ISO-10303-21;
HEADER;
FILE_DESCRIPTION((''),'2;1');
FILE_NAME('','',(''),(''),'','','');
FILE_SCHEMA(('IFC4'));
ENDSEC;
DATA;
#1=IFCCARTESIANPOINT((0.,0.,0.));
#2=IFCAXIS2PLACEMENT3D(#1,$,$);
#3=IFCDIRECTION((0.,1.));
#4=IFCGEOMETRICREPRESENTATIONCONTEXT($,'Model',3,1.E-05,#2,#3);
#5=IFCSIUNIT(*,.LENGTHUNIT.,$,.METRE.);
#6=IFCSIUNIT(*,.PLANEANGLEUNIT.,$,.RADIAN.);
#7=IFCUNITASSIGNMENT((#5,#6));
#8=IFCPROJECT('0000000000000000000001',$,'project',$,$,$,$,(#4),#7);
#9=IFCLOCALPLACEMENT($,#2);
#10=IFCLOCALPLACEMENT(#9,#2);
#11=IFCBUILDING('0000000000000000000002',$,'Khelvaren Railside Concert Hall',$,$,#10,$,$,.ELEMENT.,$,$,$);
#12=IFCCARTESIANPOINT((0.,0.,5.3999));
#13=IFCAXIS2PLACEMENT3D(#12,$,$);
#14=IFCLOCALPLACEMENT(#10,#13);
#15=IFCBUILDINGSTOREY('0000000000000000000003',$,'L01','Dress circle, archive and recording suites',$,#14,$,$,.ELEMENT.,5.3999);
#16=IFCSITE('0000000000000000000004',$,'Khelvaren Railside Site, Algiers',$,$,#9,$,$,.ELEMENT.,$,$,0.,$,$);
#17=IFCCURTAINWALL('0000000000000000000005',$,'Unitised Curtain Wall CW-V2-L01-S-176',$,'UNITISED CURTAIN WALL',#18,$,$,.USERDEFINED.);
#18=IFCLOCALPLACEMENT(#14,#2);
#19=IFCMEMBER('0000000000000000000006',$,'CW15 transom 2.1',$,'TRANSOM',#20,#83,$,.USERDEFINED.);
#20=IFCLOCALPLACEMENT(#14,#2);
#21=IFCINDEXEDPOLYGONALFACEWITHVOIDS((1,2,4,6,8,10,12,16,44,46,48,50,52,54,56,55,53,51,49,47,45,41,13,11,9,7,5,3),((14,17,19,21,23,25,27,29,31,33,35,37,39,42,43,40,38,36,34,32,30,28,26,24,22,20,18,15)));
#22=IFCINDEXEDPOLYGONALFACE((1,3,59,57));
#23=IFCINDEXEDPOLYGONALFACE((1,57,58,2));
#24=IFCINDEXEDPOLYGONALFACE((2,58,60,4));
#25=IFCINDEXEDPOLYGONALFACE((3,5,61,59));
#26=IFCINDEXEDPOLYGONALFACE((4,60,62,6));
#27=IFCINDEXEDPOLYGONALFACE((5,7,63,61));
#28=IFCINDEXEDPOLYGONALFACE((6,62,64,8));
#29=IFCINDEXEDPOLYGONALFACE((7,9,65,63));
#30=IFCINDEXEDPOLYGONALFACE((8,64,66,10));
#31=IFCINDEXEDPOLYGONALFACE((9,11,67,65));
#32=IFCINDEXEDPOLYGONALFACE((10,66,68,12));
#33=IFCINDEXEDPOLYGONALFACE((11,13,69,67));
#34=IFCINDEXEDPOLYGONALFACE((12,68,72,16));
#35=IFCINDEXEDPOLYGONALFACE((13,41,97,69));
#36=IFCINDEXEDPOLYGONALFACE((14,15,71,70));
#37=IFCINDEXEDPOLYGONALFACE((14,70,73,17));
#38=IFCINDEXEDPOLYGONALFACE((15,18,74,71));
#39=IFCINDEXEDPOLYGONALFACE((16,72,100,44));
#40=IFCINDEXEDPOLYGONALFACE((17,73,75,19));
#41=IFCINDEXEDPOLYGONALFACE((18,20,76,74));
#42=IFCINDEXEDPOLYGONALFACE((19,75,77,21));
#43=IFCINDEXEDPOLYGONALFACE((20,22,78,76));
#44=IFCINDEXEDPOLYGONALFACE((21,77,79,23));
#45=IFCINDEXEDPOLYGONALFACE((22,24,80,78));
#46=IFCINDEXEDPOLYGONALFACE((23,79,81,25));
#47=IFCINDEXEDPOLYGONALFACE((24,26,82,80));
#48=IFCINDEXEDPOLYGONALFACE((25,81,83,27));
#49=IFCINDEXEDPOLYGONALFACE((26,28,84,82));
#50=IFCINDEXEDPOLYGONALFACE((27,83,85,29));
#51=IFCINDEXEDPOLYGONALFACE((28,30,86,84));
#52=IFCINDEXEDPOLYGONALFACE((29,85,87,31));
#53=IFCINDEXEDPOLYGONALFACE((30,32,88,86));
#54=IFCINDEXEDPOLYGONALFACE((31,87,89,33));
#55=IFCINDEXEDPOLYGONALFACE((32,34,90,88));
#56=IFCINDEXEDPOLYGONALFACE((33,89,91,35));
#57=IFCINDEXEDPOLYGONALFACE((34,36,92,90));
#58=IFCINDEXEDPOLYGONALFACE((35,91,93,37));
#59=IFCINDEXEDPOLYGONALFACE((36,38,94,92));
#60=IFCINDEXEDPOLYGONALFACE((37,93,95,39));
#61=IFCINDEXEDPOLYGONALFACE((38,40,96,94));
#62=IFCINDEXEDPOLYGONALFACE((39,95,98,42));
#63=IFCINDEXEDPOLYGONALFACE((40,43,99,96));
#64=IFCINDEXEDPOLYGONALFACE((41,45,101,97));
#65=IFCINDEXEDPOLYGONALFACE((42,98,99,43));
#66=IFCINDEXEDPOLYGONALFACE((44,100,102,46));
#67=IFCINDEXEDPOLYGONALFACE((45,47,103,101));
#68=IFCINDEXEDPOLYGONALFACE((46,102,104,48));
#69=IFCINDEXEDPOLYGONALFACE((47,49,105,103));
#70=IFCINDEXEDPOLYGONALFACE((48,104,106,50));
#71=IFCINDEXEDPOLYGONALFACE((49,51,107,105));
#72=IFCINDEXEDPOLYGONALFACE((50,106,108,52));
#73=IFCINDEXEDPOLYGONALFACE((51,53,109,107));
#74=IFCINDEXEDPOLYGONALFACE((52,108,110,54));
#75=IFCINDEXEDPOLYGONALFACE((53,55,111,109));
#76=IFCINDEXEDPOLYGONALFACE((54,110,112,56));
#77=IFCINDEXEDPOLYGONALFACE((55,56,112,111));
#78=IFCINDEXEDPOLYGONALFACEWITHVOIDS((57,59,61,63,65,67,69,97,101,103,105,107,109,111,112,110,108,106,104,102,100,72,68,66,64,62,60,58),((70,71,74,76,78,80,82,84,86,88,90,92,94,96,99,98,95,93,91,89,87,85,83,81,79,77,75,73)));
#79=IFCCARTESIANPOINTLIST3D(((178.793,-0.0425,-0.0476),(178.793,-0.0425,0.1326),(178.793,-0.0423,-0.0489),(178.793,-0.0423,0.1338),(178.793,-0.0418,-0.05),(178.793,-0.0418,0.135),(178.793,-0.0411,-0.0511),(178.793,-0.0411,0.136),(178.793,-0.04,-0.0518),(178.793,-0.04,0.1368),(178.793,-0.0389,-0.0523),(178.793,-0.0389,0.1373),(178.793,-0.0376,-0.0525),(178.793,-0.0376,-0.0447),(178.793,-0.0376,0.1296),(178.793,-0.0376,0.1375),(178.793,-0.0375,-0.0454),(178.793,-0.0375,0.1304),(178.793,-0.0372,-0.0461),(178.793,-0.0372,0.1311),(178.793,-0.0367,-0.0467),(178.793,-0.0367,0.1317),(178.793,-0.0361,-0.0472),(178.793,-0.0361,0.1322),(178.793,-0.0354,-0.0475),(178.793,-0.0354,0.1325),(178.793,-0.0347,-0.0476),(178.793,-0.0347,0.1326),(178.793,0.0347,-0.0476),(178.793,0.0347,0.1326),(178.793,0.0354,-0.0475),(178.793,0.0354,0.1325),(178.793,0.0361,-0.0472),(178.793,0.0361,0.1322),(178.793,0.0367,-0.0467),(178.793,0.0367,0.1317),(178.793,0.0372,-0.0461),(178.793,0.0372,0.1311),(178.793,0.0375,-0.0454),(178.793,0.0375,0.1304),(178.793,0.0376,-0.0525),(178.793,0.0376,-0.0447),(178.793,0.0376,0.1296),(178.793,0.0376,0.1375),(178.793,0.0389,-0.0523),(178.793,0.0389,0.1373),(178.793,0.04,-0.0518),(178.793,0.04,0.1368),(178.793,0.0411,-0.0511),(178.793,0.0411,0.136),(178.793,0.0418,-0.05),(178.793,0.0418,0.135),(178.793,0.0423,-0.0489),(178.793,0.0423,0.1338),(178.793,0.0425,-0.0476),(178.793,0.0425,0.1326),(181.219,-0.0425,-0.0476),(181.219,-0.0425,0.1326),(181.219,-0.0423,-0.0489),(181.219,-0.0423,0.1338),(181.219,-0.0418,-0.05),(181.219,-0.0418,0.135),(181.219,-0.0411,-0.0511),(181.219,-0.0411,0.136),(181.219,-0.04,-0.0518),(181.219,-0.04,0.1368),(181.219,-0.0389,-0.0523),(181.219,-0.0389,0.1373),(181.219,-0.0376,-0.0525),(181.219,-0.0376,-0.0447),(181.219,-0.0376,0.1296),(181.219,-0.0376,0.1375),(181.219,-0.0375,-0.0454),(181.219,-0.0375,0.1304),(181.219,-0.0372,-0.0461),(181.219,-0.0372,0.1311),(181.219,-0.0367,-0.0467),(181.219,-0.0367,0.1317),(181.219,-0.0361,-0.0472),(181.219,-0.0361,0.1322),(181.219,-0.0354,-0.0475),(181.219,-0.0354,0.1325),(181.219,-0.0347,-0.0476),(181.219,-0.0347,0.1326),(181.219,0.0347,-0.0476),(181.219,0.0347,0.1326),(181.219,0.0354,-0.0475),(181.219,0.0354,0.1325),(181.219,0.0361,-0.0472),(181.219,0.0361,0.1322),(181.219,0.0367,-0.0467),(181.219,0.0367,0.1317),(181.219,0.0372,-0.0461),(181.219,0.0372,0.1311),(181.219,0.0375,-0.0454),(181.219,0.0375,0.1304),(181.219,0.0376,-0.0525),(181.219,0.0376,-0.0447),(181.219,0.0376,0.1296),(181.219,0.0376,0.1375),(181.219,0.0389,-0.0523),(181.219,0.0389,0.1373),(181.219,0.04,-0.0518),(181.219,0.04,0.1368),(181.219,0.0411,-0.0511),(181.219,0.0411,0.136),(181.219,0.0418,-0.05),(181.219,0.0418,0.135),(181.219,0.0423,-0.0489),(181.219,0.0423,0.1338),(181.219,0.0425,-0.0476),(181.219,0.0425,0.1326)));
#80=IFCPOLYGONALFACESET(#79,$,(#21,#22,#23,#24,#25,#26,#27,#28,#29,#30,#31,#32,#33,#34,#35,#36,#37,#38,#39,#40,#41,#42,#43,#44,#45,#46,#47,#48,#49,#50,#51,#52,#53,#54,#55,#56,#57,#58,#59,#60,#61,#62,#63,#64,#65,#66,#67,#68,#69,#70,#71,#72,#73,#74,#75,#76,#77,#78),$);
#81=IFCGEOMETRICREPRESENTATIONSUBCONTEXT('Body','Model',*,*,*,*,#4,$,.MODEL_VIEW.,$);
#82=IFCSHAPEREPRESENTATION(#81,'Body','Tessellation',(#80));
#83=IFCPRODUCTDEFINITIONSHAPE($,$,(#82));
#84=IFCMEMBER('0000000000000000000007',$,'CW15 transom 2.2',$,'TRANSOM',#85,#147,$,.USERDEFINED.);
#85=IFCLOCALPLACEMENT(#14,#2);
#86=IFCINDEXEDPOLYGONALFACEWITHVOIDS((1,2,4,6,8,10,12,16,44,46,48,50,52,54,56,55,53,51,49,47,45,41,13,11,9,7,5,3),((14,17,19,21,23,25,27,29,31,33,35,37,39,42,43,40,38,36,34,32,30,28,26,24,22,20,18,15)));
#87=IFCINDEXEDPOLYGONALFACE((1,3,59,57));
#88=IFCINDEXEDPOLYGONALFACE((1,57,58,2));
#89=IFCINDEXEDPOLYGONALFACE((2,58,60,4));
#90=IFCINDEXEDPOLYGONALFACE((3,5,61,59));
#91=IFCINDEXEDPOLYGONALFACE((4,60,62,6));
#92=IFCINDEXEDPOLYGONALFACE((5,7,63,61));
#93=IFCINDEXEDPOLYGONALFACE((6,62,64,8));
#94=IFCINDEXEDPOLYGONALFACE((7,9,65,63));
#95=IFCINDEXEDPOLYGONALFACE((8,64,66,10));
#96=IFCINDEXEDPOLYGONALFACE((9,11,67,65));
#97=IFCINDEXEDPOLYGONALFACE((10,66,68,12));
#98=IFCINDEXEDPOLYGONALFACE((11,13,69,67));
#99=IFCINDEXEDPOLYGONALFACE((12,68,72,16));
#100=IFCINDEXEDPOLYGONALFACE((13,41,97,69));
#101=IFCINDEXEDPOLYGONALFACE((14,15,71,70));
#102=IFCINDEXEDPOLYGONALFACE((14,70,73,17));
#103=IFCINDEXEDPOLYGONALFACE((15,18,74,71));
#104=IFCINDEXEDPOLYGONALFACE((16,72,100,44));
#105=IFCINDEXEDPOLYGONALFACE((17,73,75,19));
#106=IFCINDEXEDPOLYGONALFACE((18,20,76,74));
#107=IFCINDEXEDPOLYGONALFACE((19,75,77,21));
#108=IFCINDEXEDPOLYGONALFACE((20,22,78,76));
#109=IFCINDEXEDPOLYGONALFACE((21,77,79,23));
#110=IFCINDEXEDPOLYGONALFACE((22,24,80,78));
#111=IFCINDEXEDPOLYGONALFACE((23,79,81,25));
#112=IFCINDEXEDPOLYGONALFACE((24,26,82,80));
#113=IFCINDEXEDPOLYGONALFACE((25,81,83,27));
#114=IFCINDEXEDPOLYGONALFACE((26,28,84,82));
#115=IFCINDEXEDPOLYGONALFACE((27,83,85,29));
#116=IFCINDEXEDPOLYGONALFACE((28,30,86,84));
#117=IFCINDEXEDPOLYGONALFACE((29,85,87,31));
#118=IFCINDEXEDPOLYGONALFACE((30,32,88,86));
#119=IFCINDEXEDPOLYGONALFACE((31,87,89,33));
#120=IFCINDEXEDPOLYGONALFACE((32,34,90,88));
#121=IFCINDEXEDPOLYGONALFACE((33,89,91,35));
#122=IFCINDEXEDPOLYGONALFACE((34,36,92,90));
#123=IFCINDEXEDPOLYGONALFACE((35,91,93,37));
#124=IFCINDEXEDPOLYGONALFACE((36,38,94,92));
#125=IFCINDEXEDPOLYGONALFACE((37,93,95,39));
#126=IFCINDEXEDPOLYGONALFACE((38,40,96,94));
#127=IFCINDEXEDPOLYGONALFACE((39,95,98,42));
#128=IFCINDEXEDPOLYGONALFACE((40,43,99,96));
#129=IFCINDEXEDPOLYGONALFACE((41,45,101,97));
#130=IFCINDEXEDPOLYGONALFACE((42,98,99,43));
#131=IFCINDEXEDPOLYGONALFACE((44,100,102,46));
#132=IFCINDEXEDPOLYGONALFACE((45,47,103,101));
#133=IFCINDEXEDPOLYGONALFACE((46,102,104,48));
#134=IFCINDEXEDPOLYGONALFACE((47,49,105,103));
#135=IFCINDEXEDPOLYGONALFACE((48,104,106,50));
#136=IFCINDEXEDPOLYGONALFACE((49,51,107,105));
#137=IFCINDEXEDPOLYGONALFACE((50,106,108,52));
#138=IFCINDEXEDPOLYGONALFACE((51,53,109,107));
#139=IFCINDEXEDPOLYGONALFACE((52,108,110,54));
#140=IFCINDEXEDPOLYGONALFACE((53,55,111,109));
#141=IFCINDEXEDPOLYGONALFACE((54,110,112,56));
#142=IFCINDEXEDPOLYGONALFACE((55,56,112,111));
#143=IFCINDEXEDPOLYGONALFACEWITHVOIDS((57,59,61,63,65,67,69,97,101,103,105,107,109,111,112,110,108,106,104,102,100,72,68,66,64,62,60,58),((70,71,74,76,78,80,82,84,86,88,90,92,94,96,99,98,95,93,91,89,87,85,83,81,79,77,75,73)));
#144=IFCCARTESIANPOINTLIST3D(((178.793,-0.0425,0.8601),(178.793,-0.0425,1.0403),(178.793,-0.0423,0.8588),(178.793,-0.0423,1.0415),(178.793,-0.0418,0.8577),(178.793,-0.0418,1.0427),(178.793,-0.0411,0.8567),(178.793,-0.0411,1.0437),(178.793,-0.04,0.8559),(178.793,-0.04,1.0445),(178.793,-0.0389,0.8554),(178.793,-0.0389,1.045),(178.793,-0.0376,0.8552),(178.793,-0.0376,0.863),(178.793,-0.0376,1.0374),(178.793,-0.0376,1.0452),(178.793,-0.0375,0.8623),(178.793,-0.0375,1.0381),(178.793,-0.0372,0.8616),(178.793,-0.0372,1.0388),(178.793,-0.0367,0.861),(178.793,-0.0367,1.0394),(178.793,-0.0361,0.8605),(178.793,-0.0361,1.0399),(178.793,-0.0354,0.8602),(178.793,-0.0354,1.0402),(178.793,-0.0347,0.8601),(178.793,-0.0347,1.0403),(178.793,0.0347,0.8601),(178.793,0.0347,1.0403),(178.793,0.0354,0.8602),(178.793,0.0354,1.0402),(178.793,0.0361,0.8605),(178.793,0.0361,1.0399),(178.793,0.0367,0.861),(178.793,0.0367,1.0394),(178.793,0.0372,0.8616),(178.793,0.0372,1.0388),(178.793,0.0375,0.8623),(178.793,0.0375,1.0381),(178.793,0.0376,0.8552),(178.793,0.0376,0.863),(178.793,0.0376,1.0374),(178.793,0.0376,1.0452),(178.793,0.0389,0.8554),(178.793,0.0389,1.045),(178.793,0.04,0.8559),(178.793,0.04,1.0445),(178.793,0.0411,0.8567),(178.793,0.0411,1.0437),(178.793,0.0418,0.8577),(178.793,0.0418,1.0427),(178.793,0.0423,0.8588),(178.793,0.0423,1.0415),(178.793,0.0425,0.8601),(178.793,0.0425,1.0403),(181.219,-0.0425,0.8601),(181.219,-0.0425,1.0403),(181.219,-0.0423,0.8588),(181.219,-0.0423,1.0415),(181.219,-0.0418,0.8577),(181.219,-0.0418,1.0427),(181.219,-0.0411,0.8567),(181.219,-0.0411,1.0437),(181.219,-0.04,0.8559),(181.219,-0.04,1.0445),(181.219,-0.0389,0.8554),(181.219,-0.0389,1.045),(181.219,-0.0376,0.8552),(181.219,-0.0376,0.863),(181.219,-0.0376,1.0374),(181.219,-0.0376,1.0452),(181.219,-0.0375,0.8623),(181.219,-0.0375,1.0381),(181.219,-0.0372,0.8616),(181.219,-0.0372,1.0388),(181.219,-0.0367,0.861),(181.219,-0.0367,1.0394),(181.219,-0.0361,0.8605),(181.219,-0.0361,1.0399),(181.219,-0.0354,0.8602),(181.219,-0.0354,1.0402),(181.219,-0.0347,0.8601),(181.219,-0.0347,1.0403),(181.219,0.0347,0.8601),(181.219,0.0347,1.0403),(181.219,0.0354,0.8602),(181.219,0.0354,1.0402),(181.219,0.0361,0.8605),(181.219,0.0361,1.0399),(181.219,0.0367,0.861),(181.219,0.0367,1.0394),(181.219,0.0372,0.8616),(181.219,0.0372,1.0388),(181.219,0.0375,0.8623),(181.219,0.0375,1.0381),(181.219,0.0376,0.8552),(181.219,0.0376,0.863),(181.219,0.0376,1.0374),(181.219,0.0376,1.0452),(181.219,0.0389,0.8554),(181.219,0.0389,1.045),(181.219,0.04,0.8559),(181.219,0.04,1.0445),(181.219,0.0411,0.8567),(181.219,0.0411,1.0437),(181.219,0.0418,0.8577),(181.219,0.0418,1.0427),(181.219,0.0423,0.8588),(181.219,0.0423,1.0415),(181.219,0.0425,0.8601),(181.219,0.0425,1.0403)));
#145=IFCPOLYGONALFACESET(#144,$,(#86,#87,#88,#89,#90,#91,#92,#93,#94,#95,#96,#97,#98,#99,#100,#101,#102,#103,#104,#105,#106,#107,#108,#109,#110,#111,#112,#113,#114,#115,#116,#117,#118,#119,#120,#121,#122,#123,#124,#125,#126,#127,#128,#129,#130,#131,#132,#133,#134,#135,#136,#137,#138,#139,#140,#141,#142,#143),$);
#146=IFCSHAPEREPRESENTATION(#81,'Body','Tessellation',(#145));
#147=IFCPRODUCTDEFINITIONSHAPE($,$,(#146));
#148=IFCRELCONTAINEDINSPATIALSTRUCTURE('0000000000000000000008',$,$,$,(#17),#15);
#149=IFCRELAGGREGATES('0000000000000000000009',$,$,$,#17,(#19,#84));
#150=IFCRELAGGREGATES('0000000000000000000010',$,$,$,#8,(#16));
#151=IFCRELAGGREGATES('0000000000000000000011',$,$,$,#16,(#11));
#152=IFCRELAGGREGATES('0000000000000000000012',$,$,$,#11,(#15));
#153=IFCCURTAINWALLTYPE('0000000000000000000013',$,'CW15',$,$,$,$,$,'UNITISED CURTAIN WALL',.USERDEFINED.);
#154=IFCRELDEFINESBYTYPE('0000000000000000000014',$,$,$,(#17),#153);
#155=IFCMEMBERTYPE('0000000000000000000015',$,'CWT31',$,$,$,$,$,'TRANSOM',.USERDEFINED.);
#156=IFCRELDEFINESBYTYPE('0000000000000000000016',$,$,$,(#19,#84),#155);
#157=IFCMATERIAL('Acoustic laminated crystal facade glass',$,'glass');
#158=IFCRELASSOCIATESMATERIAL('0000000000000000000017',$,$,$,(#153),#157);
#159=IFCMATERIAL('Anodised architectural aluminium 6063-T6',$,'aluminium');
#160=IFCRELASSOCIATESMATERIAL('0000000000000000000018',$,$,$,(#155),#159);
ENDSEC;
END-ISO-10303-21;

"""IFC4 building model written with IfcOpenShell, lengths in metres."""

from ifc_helpers import new_model, si_unit, direction, frame, origin, origin_2d, place, context, subcontext, project, spatial, hollow_rectangle, extrude, material, material_profile, profile_set, type_object, element, aggregate, save


model = new_model("IFC4")

# Units and contexts
model_context = context("Model", 3, precision=1e-05, world=origin(), true_north=direction((0.0, 1.0)))
body_context = subcontext(model_context, "Body", "Model", "MODEL_VIEW")
ifc_project = project(units=[si_unit("LENGTHUNIT", "METRE"), si_unit("PLANEANGLEUNIT", "RADIAN")], contexts=[model_context])

# Site, building, storey
site_placement = place(None, origin())
site = spatial("IfcSite", under=ifc_project, at=site_placement, Name="Khelvaren Railside Site, Algiers", CompositionType="ELEMENT", RefElevation=0.0)
building_placement = place(site_placement, origin())
building = spatial("IfcBuilding", under=site, at=building_placement, Name="Khelvaren Railside Concert Hall", CompositionType="ELEMENT")
storey_placement = place(building_placement, frame((0.0, 0.0, 5.3999)))
storey = spatial("IfcBuildingStorey", under=building, at=storey_placement, Name="L01", Description="Dress circle, archive and recording suites", CompositionType="ELEMENT", Elevation=5.3999)

# Curtain wall, members
ifc_material_1 = material(Name="Acoustic laminated crystal facade glass", Category="glass")
curtain_wall_type = type_object("IfcCurtainWallType", Name="CW15", ElementType="UNITISED CURTAIN WALL", PredefinedType="USERDEFINED", material=ifc_material_1)
curtain_wall_placement = place(storey_placement, origin())
curtain_wall = element("IfcCurtainWall", 1, at=curtain_wall_placement, inside=storey, type_object=curtain_wall_type, Name="Unitised Curtain Wall CW-V2-L01-S-176", ObjectType="UNITISED CURTAIN WALL", PredefinedType="USERDEFINED")
ifc_material_2 = material(Name="Anodised architectural aluminium 6063-T6", Category="aluminium")
ifc_material_profile_1 = material_profile(ifc_material_2, hollow_rectangle(XDim=0.085, YDim=0.1899, WallThickness=0.0049, InnerFilletRadius=0.0029, OuterFilletRadius=0.0049, at=origin_2d()), Name="CWT 85x190x5")
ifc_profile_set_1 = profile_set([ifc_material_profile_1], Name="Anodised architectural aluminium 6063-T6")
member_type_1 = type_object("IfcMemberType", Name="CWT31", ElementType="TRANSOM", PredefinedType="USERDEFINED", material=ifc_profile_set_1)
member_1_placement = place(storey_placement, frame((181.219, 0.0, 0.0425), z_axis=(-1.0, 0.0, 0.0), x_axis=(0.0, -1.0, 0.0)))
member_1 = element("IfcMember", 2, at=member_1_placement, type_object=member_type_1, Name="CW15 transom 2.1", ObjectType="TRANSOM", PredefinedType="USERDEFINED", context=body_context, shape_type="SweptSolid", body=[
    extrude(hollow_rectangle(XDim=0.085, YDim=0.1899, WallThickness=0.0049, InnerFilletRadius=0.0029, OuterFilletRadius=0.0049, at=origin_2d()), origin(), (0.0, 0.0, 1.0), 2.426),
])
member_2_placement = place(storey_placement, frame((181.219, 0.0, 0.9502), z_axis=(-1.0, 0.0, 0.0), x_axis=(0.0, -1.0, 0.0)))
member_2 = element("IfcMember", 3, at=member_2_placement, type_object=member_type_1, Name="CW15 transom 2.2", ObjectType="TRANSOM", PredefinedType="USERDEFINED", context=body_context, shape_type="SweptSolid", body=[
    extrude(hollow_rectangle(XDim=0.085, YDim=0.1899, WallThickness=0.0049, InnerFilletRadius=0.0029, OuterFilletRadius=0.0049, at=origin_2d()), origin(), (0.0, 0.0, 1.0), 2.426),
])

aggregate(curtain_wall, [member_1, member_2])

save(model, "model.ifc")
